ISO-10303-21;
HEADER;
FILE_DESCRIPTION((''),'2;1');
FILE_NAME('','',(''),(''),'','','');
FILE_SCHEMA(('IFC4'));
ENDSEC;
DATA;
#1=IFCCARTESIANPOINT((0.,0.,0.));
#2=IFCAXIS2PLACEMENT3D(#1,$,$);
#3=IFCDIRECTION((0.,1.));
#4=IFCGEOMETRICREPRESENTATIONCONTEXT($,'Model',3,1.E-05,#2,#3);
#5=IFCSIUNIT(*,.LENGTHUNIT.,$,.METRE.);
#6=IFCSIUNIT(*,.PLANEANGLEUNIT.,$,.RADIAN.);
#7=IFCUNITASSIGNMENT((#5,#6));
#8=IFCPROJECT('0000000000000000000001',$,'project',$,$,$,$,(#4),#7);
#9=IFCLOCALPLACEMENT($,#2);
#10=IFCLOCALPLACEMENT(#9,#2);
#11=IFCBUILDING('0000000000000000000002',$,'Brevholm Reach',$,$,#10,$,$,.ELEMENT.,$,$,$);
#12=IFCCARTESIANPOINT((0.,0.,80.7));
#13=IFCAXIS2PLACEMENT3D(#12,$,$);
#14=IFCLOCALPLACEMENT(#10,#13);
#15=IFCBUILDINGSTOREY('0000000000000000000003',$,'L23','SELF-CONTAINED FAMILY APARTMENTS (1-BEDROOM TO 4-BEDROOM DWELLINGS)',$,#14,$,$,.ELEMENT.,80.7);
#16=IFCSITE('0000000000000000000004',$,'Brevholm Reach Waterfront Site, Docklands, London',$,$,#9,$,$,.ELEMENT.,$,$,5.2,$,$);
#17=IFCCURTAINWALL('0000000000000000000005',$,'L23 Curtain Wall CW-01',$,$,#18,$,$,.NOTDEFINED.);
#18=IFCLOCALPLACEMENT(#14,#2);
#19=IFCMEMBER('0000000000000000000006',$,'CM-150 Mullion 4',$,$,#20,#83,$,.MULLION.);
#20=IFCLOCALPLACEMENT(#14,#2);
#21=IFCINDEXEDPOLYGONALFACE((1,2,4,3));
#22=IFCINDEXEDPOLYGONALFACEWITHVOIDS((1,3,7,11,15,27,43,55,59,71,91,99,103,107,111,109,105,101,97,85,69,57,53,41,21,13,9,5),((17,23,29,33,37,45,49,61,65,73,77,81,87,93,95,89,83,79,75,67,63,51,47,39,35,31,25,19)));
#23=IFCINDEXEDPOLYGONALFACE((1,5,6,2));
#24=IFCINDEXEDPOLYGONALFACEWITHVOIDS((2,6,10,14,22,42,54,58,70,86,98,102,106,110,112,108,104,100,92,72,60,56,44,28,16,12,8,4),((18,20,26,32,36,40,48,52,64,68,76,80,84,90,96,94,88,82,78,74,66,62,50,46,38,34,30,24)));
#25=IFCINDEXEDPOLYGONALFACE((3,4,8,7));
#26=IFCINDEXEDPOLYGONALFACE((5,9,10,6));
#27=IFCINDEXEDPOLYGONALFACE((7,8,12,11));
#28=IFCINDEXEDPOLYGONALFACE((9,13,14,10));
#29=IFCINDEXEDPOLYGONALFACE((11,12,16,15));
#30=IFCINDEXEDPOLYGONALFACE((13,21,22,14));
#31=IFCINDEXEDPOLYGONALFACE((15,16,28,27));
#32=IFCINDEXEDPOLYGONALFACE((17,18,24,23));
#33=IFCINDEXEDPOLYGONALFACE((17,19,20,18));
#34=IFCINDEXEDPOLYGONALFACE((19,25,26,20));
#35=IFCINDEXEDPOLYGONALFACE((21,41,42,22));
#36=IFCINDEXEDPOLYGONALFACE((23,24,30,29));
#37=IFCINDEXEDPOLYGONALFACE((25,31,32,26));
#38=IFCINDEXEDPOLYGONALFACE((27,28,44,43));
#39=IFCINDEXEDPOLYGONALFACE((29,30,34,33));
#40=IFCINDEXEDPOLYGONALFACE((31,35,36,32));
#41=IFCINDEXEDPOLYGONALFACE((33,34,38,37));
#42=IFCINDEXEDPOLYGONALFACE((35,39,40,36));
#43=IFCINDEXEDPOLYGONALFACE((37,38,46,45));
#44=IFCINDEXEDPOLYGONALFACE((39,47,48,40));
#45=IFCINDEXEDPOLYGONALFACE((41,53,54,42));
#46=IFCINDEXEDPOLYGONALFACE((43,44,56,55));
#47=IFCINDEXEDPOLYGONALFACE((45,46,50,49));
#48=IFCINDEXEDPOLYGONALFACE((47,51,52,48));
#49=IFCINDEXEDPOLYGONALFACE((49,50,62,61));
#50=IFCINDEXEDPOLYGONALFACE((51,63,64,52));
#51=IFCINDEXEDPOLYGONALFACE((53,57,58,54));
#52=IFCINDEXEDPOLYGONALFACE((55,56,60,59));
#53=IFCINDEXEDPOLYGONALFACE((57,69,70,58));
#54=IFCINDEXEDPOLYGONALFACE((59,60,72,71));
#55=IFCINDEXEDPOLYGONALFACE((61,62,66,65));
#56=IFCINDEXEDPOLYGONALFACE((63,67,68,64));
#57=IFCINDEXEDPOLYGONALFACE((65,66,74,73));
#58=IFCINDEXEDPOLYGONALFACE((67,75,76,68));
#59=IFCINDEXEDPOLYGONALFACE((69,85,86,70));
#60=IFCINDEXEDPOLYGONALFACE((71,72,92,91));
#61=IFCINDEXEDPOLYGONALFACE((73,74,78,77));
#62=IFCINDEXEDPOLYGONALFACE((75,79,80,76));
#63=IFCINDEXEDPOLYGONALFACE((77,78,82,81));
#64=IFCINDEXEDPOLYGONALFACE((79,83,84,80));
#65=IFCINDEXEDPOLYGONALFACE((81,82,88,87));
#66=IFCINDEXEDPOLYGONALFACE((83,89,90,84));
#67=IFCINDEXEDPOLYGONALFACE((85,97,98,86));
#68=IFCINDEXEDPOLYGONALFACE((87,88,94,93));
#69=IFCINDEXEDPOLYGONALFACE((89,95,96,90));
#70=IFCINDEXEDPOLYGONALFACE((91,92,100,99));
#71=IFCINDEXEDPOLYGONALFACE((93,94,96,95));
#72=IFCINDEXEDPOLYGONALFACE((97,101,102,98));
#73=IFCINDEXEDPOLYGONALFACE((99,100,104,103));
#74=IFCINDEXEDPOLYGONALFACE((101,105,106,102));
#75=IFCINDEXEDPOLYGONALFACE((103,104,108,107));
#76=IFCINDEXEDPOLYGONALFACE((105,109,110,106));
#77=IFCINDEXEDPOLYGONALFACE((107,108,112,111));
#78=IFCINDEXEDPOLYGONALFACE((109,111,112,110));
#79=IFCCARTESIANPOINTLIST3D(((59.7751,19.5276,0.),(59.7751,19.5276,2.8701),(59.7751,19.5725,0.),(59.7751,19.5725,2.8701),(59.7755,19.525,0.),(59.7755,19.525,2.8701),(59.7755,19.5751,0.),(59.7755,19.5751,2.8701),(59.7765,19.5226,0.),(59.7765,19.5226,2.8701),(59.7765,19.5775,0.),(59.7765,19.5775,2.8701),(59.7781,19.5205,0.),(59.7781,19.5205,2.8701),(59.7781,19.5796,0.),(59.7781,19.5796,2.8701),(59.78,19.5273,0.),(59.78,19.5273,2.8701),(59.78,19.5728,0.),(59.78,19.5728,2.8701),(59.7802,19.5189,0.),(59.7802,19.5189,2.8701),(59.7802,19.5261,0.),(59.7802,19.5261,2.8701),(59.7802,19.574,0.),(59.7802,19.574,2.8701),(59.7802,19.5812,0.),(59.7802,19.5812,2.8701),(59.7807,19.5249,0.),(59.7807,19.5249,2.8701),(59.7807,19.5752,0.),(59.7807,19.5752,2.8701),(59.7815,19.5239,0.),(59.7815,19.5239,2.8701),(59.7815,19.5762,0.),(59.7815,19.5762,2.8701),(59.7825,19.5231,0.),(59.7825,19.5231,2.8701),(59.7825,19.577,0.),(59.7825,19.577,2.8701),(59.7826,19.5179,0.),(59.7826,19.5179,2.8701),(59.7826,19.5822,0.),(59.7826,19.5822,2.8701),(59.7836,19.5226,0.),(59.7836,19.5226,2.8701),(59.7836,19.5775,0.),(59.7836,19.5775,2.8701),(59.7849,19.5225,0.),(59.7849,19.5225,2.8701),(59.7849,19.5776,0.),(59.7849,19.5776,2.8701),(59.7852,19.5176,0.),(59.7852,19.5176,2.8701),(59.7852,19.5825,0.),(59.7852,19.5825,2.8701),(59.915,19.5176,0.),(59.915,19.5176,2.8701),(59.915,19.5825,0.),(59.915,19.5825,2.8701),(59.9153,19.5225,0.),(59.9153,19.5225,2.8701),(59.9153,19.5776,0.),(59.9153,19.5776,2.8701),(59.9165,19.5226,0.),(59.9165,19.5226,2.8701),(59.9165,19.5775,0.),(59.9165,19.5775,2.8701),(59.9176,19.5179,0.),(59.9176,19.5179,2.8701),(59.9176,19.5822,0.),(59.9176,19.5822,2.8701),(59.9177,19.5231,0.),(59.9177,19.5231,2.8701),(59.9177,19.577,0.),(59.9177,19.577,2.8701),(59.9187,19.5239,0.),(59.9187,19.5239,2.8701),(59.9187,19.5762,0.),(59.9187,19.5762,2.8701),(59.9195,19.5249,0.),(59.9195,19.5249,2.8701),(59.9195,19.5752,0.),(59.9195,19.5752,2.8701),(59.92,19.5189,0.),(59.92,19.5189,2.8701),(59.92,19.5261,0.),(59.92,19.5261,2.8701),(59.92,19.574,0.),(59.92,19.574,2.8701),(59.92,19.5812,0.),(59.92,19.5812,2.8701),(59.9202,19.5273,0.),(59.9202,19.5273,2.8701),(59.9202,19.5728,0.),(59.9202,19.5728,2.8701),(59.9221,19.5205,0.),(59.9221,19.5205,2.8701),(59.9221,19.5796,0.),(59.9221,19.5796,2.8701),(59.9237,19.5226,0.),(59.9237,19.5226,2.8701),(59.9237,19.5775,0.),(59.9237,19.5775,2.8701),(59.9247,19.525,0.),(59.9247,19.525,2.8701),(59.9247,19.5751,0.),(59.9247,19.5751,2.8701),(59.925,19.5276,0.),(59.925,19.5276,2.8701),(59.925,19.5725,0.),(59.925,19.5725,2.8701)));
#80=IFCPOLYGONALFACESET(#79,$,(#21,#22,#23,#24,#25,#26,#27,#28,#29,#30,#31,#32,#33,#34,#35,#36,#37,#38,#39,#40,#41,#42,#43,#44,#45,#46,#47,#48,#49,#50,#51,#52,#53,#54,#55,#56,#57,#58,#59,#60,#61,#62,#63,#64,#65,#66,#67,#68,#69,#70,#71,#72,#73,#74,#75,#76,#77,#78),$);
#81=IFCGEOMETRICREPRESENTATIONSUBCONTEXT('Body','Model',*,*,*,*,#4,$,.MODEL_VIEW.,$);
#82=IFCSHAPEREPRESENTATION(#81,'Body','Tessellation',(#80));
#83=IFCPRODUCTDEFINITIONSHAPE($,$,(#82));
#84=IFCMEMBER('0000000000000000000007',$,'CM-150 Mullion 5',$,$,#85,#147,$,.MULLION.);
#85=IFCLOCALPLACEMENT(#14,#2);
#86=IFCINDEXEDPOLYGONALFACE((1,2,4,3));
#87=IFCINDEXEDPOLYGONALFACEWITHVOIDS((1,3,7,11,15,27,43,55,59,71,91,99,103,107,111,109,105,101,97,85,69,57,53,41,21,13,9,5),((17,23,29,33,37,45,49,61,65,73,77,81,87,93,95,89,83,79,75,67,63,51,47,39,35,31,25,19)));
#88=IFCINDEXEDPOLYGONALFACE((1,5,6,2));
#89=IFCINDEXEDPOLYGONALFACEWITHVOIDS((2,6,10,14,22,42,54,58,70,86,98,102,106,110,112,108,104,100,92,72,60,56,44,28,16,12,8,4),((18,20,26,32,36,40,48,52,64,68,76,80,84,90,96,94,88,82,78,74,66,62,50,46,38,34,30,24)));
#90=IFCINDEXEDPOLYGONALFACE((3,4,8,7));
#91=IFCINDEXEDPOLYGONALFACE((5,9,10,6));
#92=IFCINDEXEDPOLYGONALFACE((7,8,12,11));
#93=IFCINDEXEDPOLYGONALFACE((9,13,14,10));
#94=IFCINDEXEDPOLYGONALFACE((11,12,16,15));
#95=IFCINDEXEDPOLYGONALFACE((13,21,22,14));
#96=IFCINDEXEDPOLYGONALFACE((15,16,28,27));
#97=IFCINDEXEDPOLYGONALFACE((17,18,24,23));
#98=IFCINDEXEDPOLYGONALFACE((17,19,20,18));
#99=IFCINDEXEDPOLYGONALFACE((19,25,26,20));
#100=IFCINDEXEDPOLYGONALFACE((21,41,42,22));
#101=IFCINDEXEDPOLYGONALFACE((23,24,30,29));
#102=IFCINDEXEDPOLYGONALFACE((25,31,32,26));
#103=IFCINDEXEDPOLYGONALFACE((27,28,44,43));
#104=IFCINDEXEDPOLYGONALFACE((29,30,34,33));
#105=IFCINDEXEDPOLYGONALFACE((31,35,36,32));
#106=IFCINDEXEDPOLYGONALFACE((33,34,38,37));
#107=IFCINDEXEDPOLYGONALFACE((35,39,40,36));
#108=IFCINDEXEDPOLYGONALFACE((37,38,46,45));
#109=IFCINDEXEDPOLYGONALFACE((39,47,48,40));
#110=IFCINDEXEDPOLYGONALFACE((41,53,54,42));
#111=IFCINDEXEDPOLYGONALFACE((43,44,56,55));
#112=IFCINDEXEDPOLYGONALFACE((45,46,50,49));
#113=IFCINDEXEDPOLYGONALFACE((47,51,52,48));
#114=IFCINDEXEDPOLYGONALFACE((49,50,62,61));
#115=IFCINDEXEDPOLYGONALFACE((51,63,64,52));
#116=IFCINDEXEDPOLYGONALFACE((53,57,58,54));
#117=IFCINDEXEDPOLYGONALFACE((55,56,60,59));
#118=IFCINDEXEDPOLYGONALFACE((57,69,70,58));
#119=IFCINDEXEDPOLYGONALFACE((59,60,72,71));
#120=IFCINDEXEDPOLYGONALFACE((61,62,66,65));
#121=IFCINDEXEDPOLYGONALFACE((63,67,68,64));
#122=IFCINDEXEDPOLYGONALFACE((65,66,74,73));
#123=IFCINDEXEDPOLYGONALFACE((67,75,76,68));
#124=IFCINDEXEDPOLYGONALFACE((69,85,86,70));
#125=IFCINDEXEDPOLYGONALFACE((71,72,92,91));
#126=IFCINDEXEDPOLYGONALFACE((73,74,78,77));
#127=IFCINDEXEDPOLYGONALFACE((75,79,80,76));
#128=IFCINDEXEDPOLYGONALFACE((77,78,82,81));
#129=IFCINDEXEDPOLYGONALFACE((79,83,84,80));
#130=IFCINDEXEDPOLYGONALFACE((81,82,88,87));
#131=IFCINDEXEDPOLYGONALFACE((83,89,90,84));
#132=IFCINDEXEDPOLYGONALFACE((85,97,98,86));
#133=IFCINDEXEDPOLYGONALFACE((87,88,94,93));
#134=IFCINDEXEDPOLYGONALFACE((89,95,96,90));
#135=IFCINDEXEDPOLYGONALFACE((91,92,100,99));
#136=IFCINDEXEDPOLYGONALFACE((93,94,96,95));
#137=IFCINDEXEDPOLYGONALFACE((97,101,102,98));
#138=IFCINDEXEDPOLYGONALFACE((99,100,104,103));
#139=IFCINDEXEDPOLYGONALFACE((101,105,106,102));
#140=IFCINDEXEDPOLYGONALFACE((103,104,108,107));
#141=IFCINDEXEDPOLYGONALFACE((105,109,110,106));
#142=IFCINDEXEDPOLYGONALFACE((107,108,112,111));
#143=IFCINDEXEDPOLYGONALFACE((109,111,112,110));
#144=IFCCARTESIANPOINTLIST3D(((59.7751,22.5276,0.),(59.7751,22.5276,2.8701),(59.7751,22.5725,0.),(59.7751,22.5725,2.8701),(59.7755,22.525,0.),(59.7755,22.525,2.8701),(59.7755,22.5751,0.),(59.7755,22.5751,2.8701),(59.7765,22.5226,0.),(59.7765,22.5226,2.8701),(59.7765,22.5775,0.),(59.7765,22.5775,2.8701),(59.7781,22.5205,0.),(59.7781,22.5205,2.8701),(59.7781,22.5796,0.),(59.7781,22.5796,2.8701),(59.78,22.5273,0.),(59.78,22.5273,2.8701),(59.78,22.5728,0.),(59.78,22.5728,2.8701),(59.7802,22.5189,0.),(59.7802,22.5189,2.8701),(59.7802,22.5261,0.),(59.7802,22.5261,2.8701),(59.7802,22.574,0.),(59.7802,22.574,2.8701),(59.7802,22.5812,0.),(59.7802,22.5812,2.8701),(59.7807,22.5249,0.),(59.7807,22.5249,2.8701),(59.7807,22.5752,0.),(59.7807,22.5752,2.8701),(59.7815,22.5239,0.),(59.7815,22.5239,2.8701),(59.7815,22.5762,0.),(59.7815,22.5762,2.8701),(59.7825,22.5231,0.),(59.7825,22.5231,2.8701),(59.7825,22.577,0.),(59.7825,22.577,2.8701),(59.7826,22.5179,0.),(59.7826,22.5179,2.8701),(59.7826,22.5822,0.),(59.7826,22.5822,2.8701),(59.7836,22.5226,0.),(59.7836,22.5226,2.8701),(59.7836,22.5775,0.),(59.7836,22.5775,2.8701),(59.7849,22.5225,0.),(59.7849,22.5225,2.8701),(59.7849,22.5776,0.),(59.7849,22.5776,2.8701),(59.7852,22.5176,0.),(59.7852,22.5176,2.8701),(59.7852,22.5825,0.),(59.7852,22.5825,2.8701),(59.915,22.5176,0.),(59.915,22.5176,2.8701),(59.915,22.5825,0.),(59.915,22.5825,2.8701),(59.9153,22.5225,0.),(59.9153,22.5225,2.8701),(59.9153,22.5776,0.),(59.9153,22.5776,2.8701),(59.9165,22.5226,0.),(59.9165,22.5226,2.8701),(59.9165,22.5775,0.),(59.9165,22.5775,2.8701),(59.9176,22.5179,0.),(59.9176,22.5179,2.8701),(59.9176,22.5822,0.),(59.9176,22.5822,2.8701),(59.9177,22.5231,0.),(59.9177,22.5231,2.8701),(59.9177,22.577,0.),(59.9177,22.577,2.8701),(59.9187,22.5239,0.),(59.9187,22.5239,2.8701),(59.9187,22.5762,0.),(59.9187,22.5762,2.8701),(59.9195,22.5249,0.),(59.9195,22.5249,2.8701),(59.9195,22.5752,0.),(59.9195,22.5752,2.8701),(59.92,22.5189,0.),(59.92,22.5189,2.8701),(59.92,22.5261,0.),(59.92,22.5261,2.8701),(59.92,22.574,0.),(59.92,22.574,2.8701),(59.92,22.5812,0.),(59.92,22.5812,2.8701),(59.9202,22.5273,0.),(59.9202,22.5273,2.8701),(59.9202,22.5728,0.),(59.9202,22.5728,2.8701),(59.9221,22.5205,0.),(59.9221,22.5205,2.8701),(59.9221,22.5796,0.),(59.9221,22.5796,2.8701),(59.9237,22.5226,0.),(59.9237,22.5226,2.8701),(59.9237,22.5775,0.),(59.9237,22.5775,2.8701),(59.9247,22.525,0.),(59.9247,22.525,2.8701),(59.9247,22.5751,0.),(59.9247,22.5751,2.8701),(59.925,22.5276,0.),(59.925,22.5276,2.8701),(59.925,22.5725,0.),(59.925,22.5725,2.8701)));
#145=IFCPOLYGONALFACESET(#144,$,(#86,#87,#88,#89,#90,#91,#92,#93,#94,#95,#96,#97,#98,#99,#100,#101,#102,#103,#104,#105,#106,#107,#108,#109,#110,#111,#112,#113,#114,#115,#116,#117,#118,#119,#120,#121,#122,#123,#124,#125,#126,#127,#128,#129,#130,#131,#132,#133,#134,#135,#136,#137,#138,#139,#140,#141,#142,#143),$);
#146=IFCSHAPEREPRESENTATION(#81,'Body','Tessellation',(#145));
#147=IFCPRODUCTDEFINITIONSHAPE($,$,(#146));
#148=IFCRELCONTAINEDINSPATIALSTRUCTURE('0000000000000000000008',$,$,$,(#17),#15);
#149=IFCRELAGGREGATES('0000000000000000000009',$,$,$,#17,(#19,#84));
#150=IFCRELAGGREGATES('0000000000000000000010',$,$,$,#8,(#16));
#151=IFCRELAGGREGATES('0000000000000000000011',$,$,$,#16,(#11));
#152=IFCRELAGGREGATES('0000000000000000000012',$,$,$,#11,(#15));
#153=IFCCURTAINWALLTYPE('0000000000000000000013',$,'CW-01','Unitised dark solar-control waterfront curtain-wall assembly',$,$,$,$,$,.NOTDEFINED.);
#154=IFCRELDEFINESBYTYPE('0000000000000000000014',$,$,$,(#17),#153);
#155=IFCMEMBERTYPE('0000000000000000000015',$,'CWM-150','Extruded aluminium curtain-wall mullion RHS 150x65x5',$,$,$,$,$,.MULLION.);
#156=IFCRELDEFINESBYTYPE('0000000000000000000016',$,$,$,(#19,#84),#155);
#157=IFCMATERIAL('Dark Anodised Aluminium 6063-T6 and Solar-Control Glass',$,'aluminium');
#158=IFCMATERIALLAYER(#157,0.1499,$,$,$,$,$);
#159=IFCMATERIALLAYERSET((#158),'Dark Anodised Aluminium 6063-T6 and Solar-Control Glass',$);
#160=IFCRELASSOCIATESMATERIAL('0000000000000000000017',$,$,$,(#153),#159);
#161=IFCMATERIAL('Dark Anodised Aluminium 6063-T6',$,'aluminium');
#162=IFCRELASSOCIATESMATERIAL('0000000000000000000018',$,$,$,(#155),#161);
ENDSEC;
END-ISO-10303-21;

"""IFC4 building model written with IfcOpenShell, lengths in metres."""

from ifc_helpers import new_model, si_unit, direction, frame, origin, origin_2d, place, context, subcontext, project, spatial, hollow_rectangle, extrude, material, layer, layer_set, material_profile, profile_set, type_object, element, aggregate, save


model = new_model("IFC4")

# Units and contexts
model_context = context("Model", 3, precision=1e-05, world=origin(), true_north=direction((0.0, 1.0)))
body_context = subcontext(model_context, "Body", "Model", "MODEL_VIEW")
ifc_project = project(units=[si_unit("LENGTHUNIT", "METRE"), si_unit("PLANEANGLEUNIT", "RADIAN")], contexts=[model_context])

# Site, building, storey
site_placement = place(None, origin())
site = spatial("IfcSite", under=ifc_project, at=site_placement, Name="Brevholm Reach Waterfront Site, Docklands, London", CompositionType="ELEMENT", RefElevation=5.2)
building_placement = place(site_placement, origin())
building = spatial("IfcBuilding", under=site, at=building_placement, Name="Brevholm Reach", CompositionType="ELEMENT")
storey_placement = place(building_placement, frame((0.0, 0.0, 80.7)))
storey = spatial("IfcBuildingStorey", under=building, at=storey_placement, Name="L23", Description="SELF-CONTAINED FAMILY APARTMENTS (1-BEDROOM TO 4-BEDROOM DWELLINGS)", CompositionType="ELEMENT", Elevation=80.7)

# Curtain wall, members
ifc_material_1 = material(Name="Dark Anodised Aluminium 6063-T6 and Solar-Control Glass", Category="aluminium")
ifc_layer_1 = layer(ifc_material_1, 0.1499)
ifc_layer_set_1 = layer_set([ifc_layer_1], Name="Dark Anodised Aluminium 6063-T6 and Solar-Control Glass")
curtain_wall_type = type_object("IfcCurtainWallType", Name="CW-01", Description="Unitised dark solar-control waterfront curtain-wall assembly", PredefinedType="NOTDEFINED", material=ifc_layer_set_1)
curtain_wall_placement = place(storey_placement, origin())
curtain_wall = element("IfcCurtainWall", 1, at=curtain_wall_placement, inside=storey, type_object=curtain_wall_type, Name="L23 Curtain Wall CW-01", PredefinedType="NOTDEFINED")
ifc_material_2 = material(Name="Dark Anodised Aluminium 6063-T6", Category="aluminium")
ifc_material_profile_1 = material_profile(ifc_material_2, hollow_rectangle(XDim=0.0649, YDim=0.1499, WallThickness=0.0049, InnerFilletRadius=0.0049, OuterFilletRadius=0.01, at=origin_2d()), Name="RHS 150x65x5")
ifc_profile_set_1 = profile_set([ifc_material_profile_1], Name="Dark Anodised Aluminium 6063-T6")
member_type_1 = type_object("IfcMemberType", Name="CWM-150", Description="Extruded aluminium curtain-wall mullion RHS 150x65x5", PredefinedType="MULLION", material=ifc_profile_set_1)
member_1_placement = place(storey_placement, frame((59.8501, 19.55, 0.0), z_axis=(0.0, 0.0, 1.0), x_axis=(0.0, 1.0, 0.0)))
member_1 = element("IfcMember", 2, at=member_1_placement, type_object=member_type_1, Name="CM-150 Mullion 4", PredefinedType="MULLION", context=body_context, shape_type="SweptSolid", body=[
    extrude(hollow_rectangle(XDim=0.0649, YDim=0.1499, WallThickness=0.0049, InnerFilletRadius=0.0049, OuterFilletRadius=0.01, at=origin_2d()), origin(), (0.0, 0.0, 1.0), 2.8701),
])
member_2_placement = place(storey_placement, frame((59.8501, 22.55, 0.0), z_axis=(0.0, 0.0, 1.0), x_axis=(0.0, 1.0, 0.0)))
member_2 = element("IfcMember", 3, at=member_2_placement, type_object=member_type_1, Name="CM-150 Mullion 5", PredefinedType="MULLION", context=body_context, shape_type="SweptSolid", body=[
    extrude(hollow_rectangle(XDim=0.0649, YDim=0.1499, WallThickness=0.0049, InnerFilletRadius=0.0049, OuterFilletRadius=0.01, at=origin_2d()), origin(), (0.0, 0.0, 1.0), 2.8701),
])
aggregate(curtain_wall, [member_1, member_2])

save(model, "model.ifc")
